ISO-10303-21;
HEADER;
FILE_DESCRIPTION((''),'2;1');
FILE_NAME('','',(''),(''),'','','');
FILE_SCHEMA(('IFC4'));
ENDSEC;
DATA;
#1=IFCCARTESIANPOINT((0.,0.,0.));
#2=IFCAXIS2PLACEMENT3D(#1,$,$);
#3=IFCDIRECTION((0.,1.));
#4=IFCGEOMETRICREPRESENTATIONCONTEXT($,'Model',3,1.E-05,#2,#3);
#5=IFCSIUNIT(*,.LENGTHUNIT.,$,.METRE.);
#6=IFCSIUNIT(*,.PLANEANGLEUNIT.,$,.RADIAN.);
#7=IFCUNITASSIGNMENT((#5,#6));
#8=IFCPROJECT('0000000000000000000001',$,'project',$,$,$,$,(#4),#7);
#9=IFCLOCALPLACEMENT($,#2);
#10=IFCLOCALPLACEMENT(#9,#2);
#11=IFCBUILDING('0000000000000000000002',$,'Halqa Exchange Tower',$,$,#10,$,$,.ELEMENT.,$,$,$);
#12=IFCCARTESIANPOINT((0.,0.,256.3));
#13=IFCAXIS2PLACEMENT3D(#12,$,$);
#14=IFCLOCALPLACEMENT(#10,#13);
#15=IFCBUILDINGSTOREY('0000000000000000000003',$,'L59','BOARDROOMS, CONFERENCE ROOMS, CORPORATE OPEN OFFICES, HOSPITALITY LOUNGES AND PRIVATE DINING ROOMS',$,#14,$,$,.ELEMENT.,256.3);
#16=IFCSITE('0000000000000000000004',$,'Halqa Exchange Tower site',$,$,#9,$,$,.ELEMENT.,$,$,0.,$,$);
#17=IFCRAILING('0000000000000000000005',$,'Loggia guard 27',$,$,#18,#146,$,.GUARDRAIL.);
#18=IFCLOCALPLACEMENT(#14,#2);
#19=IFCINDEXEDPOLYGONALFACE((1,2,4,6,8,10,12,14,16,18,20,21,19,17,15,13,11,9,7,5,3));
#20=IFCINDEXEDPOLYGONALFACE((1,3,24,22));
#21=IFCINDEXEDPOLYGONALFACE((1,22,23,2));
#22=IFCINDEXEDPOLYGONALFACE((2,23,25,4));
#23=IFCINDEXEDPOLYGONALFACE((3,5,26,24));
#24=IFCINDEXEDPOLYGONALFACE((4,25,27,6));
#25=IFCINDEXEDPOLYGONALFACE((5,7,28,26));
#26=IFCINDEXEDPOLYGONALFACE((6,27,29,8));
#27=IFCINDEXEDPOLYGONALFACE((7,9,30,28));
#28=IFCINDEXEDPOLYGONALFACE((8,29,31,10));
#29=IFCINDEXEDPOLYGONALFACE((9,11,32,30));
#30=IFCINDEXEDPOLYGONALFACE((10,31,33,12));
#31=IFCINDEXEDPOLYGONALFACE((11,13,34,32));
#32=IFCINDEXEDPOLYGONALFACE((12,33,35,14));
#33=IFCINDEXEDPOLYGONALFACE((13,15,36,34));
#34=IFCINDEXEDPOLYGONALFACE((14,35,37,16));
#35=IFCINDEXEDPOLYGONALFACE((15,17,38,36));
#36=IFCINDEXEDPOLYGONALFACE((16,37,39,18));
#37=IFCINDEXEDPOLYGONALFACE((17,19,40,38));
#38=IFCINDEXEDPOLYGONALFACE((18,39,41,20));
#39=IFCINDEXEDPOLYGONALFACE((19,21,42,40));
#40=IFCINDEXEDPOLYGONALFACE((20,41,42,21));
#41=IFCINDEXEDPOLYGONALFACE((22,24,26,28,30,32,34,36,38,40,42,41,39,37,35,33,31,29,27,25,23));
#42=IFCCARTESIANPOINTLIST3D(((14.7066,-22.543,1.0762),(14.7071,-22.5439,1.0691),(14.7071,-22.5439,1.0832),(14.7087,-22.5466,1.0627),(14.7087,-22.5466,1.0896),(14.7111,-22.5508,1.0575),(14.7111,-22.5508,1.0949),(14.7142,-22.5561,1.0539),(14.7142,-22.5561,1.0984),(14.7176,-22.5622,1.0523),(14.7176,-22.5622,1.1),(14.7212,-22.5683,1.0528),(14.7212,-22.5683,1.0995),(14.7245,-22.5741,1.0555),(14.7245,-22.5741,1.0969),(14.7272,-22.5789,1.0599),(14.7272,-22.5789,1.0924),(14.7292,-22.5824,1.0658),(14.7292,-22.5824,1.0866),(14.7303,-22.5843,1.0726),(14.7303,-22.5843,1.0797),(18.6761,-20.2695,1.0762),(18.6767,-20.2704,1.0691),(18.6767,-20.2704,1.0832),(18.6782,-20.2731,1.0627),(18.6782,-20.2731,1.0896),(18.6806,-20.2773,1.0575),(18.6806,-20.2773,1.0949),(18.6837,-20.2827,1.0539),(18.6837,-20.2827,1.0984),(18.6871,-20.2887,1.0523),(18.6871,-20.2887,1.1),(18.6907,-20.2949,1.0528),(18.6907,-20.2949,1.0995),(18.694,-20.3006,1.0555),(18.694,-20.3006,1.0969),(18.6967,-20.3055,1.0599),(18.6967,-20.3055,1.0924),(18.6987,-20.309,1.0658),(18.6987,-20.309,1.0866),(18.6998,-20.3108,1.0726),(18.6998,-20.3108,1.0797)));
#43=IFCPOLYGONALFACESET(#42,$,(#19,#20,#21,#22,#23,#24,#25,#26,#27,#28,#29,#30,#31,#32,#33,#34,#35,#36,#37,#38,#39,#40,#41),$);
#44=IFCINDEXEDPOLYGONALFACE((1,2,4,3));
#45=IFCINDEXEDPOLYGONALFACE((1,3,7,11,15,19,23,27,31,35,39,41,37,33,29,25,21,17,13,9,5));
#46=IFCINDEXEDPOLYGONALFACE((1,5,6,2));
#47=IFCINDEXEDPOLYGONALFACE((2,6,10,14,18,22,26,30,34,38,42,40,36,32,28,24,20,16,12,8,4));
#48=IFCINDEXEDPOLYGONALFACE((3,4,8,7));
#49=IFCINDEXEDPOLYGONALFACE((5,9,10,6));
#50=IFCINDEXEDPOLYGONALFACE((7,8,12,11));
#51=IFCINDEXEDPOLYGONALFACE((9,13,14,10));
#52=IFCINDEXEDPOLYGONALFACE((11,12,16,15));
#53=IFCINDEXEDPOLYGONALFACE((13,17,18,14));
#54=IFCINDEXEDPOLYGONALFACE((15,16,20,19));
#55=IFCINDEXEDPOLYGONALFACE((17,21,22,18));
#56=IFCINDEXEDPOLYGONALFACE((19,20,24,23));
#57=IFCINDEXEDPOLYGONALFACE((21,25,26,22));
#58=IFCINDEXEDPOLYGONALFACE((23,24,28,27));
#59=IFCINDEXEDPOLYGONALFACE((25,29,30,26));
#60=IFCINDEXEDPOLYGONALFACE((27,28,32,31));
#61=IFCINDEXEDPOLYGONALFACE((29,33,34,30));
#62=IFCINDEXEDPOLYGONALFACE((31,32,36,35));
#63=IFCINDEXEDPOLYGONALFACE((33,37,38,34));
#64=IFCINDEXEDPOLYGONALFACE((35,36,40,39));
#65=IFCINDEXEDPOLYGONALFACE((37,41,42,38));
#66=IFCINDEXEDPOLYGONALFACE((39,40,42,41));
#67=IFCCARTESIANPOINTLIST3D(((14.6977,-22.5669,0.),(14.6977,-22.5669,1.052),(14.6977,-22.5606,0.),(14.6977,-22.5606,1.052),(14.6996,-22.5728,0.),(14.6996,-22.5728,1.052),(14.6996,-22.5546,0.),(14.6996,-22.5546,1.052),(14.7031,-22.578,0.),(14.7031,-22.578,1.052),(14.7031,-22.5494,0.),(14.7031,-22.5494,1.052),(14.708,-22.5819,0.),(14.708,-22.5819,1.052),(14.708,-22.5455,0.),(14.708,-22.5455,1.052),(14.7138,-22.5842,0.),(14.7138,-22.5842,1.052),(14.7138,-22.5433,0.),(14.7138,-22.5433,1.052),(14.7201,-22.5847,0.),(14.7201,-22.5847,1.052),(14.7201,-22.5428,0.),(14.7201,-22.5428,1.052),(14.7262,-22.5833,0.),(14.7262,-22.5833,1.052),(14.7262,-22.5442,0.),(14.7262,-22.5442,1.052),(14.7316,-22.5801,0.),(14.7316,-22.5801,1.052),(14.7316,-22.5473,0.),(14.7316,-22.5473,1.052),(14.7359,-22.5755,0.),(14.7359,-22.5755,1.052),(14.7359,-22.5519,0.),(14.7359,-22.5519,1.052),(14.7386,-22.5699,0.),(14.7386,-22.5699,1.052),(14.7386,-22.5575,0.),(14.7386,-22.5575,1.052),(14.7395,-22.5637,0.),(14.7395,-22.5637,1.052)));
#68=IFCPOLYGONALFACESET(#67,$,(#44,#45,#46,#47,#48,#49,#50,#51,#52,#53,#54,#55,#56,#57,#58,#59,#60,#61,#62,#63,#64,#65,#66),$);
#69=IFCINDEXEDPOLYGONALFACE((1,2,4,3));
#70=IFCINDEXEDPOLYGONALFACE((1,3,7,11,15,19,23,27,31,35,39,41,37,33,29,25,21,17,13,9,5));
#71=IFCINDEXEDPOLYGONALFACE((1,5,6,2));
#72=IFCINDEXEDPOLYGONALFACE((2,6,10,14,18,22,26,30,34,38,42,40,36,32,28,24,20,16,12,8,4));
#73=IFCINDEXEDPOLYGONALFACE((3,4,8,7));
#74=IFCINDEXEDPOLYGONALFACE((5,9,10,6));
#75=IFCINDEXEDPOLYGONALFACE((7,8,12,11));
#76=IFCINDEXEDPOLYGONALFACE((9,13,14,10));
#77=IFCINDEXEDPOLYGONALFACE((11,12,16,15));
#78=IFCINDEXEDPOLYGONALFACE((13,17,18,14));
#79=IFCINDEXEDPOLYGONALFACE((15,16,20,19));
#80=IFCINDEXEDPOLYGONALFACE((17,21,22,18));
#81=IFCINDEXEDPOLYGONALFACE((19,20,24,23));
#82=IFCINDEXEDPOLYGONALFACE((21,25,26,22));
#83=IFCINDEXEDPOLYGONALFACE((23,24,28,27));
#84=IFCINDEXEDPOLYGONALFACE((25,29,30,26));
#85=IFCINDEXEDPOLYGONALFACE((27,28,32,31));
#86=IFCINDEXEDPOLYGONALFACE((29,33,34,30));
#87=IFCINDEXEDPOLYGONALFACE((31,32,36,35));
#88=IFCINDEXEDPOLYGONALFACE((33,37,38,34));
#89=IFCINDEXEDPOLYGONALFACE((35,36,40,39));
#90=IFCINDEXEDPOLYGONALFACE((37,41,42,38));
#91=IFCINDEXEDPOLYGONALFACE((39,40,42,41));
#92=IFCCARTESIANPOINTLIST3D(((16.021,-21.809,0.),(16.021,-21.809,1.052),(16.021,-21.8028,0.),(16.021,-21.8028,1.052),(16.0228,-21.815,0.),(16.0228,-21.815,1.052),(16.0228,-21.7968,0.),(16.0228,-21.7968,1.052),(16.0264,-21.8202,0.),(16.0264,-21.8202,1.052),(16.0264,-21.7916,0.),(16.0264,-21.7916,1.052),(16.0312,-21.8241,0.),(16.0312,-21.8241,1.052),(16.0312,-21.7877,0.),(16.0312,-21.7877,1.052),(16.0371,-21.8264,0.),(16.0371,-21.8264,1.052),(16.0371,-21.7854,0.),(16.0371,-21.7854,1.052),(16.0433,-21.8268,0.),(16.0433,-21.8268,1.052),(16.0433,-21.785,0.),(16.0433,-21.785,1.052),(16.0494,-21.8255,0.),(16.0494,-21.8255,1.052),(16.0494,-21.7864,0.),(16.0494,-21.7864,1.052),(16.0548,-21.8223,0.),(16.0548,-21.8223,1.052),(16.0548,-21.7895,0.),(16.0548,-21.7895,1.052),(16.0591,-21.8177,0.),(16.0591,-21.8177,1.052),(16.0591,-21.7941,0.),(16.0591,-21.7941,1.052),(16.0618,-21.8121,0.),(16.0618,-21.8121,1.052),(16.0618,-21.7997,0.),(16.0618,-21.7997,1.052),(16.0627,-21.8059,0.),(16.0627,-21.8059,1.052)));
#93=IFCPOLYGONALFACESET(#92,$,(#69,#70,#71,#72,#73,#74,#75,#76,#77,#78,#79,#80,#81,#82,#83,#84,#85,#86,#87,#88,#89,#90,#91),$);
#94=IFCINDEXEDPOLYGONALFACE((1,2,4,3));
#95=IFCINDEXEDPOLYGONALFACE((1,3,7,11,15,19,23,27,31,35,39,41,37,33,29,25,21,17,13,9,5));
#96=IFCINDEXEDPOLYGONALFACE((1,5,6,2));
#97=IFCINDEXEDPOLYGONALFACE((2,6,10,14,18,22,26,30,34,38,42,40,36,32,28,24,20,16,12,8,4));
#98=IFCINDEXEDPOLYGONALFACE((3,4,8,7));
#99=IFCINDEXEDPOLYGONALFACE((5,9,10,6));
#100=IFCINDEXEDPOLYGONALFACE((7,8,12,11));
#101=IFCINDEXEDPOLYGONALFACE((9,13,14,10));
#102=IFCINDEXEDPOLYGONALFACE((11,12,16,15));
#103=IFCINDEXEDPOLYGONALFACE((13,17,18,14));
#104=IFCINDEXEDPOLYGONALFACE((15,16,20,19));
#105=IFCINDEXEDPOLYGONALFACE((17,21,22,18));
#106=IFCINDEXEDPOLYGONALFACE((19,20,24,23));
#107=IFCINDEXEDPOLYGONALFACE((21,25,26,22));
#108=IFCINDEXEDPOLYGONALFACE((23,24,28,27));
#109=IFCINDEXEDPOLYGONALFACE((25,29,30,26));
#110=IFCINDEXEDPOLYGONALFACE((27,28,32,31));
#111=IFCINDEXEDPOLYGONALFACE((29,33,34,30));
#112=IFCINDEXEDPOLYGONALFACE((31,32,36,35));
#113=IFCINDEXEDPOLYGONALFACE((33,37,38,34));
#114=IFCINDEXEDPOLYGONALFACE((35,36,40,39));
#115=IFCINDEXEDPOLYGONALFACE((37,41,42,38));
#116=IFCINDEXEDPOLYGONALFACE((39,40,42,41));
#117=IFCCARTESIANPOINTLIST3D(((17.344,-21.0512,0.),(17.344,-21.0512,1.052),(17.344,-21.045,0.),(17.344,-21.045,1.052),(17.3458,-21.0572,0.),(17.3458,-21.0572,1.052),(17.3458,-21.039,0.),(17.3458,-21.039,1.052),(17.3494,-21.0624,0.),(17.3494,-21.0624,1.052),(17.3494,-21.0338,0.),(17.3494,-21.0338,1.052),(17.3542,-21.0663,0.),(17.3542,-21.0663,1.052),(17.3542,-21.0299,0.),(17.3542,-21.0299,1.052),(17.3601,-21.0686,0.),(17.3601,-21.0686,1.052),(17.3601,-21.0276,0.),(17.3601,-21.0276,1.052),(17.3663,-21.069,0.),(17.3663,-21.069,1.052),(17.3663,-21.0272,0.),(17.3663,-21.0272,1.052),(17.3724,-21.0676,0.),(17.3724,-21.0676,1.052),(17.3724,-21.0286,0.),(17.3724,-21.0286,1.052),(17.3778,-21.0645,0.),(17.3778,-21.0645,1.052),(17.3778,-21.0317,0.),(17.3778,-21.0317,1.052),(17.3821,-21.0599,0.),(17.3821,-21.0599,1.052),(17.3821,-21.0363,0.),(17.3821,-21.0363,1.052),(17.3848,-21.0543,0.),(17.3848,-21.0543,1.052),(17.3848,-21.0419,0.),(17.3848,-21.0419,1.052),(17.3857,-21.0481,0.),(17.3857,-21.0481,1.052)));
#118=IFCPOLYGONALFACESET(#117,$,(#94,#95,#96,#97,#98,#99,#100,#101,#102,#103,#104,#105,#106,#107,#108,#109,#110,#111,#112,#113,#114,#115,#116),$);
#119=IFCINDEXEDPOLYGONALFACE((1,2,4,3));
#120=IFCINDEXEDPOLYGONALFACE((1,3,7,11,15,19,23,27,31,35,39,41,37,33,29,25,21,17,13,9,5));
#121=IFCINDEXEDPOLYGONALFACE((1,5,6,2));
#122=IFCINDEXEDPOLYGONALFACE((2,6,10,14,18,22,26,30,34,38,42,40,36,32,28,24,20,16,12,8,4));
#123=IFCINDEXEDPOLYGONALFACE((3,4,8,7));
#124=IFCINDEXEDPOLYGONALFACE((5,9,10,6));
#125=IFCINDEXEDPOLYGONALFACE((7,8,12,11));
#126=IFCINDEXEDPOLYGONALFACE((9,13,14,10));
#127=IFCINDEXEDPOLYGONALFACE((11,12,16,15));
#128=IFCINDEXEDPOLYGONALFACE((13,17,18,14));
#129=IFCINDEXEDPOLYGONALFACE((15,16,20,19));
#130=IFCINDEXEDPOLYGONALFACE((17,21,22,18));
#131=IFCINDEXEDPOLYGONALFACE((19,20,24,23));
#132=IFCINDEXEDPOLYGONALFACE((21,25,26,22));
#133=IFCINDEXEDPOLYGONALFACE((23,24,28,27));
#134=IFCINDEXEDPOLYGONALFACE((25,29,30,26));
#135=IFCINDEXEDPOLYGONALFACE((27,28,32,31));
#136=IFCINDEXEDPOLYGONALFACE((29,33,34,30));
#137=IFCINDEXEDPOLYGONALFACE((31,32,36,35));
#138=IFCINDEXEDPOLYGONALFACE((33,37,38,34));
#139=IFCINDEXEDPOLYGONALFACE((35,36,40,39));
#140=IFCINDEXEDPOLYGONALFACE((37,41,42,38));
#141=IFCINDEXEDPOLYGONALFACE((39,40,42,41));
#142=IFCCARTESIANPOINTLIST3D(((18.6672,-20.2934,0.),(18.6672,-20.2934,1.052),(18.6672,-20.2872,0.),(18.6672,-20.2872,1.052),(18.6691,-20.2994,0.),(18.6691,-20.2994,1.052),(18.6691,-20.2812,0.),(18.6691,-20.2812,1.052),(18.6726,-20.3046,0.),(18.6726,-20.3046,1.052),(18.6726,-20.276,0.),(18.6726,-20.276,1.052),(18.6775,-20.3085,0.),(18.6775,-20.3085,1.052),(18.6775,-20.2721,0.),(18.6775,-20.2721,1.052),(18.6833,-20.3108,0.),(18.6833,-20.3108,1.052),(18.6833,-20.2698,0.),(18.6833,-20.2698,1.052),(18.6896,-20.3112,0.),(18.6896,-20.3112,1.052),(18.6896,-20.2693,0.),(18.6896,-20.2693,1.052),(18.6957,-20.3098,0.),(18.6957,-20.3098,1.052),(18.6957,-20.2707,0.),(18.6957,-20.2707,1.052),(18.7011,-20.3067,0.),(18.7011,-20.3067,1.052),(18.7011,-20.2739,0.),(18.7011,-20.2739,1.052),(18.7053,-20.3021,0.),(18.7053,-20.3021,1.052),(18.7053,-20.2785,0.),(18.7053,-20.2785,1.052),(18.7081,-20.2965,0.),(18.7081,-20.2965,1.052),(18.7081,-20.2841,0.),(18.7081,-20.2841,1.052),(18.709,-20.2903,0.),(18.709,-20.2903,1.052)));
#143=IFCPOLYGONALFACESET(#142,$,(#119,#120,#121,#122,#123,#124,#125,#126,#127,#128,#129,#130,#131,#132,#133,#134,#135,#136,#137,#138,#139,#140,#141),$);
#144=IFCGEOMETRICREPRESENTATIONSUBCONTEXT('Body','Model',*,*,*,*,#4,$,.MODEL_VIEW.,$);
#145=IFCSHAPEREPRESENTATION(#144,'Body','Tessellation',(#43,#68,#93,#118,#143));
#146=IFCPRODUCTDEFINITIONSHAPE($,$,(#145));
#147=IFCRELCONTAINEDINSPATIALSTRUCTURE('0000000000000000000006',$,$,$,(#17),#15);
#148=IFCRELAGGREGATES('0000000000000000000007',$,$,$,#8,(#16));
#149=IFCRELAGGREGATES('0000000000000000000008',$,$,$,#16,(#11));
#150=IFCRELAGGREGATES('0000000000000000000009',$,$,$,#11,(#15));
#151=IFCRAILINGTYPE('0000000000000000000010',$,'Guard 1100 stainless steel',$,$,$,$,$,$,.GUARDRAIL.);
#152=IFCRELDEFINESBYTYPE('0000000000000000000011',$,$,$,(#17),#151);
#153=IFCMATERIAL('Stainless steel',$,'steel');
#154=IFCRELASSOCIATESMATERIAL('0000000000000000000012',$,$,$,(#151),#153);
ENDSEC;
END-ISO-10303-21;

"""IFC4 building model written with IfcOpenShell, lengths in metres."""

from ifc_helpers import new_model, si_unit, direction, frame, origin, origin_2d, place, context, subcontext, project, spatial, circle, extrude, material, type_object, element, save


model = new_model("IFC4")

# Units and contexts
model_context = context("Model", 3, precision=1e-05, world=origin(), true_north=direction((0.0, 1.0)))
body_context = subcontext(model_context, "Body", "Model", "MODEL_VIEW")
ifc_project = project(units=[si_unit("LENGTHUNIT", "METRE"), si_unit("PLANEANGLEUNIT", "RADIAN")], contexts=[model_context])

# Site, building, storey
site_placement = place(None, origin())
site = spatial("IfcSite", under=ifc_project, at=site_placement, Name="Halqa Exchange Tower site", CompositionType="ELEMENT", RefElevation=0.0)
building_placement = place(site_placement, origin())
building = spatial("IfcBuilding", under=site, at=building_placement, Name="Halqa Exchange Tower", CompositionType="ELEMENT")
storey_placement = place(building_placement, frame((0.0, 0.0, 256.3)))
storey = spatial("IfcBuildingStorey", under=building, at=storey_placement, Name="L59", Description="BOARDROOMS, CONFERENCE ROOMS, CORPORATE OPEN OFFICES, HOSPITALITY LOUNGES AND PRIVATE DINING ROOMS", CompositionType="ELEMENT", Elevation=256.3)

# Railing
ifc_material_1 = material(Name="Stainless steel", Category="steel")
railing_type = type_object("IfcRailingType", Name="Guard 1100 stainless steel", PredefinedType="GUARDRAIL", material=ifc_material_1)
railing_1_placement = place(storey_placement, frame((14.7185, -22.5637, 0.0)))
element("IfcRailing", 1, at=railing_1_placement, inside=storey, type_object=railing_type, Name="Loggia guard 27", PredefinedType="GUARDRAIL", context=body_context, shape_type="SweptSolid", body=[
    extrude(circle(Radius=0.0239, at=origin_2d()), frame((0.0, 0.0, 1.0762), z_axis=(0.867757, 0.496989, 0.0), x_axis=(-0.496989, 0.867757, 0.0)), (0.0, 0.0, 1.0), 4.5745),
    extrude(circle(Radius=0.021, at=origin_2d()), origin(), (0.0, 0.0, 1.0), 1.052),
    extrude(circle(Radius=0.021, at=origin_2d()), frame((1.3232, 0.7578, 0.0)), (0.0, 0.0, 1.0), 1.052),
    extrude(circle(Radius=0.021, at=origin_2d()), frame((2.6462, 1.5156, 0.0)), (0.0, 0.0, 1.0), 1.052),
    extrude(circle(Radius=0.021, at=origin_2d()), frame((3.9695, 2.2734, 0.0)), (0.0, 0.0, 1.0), 1.052),
])

save(model, "model.ifc")
